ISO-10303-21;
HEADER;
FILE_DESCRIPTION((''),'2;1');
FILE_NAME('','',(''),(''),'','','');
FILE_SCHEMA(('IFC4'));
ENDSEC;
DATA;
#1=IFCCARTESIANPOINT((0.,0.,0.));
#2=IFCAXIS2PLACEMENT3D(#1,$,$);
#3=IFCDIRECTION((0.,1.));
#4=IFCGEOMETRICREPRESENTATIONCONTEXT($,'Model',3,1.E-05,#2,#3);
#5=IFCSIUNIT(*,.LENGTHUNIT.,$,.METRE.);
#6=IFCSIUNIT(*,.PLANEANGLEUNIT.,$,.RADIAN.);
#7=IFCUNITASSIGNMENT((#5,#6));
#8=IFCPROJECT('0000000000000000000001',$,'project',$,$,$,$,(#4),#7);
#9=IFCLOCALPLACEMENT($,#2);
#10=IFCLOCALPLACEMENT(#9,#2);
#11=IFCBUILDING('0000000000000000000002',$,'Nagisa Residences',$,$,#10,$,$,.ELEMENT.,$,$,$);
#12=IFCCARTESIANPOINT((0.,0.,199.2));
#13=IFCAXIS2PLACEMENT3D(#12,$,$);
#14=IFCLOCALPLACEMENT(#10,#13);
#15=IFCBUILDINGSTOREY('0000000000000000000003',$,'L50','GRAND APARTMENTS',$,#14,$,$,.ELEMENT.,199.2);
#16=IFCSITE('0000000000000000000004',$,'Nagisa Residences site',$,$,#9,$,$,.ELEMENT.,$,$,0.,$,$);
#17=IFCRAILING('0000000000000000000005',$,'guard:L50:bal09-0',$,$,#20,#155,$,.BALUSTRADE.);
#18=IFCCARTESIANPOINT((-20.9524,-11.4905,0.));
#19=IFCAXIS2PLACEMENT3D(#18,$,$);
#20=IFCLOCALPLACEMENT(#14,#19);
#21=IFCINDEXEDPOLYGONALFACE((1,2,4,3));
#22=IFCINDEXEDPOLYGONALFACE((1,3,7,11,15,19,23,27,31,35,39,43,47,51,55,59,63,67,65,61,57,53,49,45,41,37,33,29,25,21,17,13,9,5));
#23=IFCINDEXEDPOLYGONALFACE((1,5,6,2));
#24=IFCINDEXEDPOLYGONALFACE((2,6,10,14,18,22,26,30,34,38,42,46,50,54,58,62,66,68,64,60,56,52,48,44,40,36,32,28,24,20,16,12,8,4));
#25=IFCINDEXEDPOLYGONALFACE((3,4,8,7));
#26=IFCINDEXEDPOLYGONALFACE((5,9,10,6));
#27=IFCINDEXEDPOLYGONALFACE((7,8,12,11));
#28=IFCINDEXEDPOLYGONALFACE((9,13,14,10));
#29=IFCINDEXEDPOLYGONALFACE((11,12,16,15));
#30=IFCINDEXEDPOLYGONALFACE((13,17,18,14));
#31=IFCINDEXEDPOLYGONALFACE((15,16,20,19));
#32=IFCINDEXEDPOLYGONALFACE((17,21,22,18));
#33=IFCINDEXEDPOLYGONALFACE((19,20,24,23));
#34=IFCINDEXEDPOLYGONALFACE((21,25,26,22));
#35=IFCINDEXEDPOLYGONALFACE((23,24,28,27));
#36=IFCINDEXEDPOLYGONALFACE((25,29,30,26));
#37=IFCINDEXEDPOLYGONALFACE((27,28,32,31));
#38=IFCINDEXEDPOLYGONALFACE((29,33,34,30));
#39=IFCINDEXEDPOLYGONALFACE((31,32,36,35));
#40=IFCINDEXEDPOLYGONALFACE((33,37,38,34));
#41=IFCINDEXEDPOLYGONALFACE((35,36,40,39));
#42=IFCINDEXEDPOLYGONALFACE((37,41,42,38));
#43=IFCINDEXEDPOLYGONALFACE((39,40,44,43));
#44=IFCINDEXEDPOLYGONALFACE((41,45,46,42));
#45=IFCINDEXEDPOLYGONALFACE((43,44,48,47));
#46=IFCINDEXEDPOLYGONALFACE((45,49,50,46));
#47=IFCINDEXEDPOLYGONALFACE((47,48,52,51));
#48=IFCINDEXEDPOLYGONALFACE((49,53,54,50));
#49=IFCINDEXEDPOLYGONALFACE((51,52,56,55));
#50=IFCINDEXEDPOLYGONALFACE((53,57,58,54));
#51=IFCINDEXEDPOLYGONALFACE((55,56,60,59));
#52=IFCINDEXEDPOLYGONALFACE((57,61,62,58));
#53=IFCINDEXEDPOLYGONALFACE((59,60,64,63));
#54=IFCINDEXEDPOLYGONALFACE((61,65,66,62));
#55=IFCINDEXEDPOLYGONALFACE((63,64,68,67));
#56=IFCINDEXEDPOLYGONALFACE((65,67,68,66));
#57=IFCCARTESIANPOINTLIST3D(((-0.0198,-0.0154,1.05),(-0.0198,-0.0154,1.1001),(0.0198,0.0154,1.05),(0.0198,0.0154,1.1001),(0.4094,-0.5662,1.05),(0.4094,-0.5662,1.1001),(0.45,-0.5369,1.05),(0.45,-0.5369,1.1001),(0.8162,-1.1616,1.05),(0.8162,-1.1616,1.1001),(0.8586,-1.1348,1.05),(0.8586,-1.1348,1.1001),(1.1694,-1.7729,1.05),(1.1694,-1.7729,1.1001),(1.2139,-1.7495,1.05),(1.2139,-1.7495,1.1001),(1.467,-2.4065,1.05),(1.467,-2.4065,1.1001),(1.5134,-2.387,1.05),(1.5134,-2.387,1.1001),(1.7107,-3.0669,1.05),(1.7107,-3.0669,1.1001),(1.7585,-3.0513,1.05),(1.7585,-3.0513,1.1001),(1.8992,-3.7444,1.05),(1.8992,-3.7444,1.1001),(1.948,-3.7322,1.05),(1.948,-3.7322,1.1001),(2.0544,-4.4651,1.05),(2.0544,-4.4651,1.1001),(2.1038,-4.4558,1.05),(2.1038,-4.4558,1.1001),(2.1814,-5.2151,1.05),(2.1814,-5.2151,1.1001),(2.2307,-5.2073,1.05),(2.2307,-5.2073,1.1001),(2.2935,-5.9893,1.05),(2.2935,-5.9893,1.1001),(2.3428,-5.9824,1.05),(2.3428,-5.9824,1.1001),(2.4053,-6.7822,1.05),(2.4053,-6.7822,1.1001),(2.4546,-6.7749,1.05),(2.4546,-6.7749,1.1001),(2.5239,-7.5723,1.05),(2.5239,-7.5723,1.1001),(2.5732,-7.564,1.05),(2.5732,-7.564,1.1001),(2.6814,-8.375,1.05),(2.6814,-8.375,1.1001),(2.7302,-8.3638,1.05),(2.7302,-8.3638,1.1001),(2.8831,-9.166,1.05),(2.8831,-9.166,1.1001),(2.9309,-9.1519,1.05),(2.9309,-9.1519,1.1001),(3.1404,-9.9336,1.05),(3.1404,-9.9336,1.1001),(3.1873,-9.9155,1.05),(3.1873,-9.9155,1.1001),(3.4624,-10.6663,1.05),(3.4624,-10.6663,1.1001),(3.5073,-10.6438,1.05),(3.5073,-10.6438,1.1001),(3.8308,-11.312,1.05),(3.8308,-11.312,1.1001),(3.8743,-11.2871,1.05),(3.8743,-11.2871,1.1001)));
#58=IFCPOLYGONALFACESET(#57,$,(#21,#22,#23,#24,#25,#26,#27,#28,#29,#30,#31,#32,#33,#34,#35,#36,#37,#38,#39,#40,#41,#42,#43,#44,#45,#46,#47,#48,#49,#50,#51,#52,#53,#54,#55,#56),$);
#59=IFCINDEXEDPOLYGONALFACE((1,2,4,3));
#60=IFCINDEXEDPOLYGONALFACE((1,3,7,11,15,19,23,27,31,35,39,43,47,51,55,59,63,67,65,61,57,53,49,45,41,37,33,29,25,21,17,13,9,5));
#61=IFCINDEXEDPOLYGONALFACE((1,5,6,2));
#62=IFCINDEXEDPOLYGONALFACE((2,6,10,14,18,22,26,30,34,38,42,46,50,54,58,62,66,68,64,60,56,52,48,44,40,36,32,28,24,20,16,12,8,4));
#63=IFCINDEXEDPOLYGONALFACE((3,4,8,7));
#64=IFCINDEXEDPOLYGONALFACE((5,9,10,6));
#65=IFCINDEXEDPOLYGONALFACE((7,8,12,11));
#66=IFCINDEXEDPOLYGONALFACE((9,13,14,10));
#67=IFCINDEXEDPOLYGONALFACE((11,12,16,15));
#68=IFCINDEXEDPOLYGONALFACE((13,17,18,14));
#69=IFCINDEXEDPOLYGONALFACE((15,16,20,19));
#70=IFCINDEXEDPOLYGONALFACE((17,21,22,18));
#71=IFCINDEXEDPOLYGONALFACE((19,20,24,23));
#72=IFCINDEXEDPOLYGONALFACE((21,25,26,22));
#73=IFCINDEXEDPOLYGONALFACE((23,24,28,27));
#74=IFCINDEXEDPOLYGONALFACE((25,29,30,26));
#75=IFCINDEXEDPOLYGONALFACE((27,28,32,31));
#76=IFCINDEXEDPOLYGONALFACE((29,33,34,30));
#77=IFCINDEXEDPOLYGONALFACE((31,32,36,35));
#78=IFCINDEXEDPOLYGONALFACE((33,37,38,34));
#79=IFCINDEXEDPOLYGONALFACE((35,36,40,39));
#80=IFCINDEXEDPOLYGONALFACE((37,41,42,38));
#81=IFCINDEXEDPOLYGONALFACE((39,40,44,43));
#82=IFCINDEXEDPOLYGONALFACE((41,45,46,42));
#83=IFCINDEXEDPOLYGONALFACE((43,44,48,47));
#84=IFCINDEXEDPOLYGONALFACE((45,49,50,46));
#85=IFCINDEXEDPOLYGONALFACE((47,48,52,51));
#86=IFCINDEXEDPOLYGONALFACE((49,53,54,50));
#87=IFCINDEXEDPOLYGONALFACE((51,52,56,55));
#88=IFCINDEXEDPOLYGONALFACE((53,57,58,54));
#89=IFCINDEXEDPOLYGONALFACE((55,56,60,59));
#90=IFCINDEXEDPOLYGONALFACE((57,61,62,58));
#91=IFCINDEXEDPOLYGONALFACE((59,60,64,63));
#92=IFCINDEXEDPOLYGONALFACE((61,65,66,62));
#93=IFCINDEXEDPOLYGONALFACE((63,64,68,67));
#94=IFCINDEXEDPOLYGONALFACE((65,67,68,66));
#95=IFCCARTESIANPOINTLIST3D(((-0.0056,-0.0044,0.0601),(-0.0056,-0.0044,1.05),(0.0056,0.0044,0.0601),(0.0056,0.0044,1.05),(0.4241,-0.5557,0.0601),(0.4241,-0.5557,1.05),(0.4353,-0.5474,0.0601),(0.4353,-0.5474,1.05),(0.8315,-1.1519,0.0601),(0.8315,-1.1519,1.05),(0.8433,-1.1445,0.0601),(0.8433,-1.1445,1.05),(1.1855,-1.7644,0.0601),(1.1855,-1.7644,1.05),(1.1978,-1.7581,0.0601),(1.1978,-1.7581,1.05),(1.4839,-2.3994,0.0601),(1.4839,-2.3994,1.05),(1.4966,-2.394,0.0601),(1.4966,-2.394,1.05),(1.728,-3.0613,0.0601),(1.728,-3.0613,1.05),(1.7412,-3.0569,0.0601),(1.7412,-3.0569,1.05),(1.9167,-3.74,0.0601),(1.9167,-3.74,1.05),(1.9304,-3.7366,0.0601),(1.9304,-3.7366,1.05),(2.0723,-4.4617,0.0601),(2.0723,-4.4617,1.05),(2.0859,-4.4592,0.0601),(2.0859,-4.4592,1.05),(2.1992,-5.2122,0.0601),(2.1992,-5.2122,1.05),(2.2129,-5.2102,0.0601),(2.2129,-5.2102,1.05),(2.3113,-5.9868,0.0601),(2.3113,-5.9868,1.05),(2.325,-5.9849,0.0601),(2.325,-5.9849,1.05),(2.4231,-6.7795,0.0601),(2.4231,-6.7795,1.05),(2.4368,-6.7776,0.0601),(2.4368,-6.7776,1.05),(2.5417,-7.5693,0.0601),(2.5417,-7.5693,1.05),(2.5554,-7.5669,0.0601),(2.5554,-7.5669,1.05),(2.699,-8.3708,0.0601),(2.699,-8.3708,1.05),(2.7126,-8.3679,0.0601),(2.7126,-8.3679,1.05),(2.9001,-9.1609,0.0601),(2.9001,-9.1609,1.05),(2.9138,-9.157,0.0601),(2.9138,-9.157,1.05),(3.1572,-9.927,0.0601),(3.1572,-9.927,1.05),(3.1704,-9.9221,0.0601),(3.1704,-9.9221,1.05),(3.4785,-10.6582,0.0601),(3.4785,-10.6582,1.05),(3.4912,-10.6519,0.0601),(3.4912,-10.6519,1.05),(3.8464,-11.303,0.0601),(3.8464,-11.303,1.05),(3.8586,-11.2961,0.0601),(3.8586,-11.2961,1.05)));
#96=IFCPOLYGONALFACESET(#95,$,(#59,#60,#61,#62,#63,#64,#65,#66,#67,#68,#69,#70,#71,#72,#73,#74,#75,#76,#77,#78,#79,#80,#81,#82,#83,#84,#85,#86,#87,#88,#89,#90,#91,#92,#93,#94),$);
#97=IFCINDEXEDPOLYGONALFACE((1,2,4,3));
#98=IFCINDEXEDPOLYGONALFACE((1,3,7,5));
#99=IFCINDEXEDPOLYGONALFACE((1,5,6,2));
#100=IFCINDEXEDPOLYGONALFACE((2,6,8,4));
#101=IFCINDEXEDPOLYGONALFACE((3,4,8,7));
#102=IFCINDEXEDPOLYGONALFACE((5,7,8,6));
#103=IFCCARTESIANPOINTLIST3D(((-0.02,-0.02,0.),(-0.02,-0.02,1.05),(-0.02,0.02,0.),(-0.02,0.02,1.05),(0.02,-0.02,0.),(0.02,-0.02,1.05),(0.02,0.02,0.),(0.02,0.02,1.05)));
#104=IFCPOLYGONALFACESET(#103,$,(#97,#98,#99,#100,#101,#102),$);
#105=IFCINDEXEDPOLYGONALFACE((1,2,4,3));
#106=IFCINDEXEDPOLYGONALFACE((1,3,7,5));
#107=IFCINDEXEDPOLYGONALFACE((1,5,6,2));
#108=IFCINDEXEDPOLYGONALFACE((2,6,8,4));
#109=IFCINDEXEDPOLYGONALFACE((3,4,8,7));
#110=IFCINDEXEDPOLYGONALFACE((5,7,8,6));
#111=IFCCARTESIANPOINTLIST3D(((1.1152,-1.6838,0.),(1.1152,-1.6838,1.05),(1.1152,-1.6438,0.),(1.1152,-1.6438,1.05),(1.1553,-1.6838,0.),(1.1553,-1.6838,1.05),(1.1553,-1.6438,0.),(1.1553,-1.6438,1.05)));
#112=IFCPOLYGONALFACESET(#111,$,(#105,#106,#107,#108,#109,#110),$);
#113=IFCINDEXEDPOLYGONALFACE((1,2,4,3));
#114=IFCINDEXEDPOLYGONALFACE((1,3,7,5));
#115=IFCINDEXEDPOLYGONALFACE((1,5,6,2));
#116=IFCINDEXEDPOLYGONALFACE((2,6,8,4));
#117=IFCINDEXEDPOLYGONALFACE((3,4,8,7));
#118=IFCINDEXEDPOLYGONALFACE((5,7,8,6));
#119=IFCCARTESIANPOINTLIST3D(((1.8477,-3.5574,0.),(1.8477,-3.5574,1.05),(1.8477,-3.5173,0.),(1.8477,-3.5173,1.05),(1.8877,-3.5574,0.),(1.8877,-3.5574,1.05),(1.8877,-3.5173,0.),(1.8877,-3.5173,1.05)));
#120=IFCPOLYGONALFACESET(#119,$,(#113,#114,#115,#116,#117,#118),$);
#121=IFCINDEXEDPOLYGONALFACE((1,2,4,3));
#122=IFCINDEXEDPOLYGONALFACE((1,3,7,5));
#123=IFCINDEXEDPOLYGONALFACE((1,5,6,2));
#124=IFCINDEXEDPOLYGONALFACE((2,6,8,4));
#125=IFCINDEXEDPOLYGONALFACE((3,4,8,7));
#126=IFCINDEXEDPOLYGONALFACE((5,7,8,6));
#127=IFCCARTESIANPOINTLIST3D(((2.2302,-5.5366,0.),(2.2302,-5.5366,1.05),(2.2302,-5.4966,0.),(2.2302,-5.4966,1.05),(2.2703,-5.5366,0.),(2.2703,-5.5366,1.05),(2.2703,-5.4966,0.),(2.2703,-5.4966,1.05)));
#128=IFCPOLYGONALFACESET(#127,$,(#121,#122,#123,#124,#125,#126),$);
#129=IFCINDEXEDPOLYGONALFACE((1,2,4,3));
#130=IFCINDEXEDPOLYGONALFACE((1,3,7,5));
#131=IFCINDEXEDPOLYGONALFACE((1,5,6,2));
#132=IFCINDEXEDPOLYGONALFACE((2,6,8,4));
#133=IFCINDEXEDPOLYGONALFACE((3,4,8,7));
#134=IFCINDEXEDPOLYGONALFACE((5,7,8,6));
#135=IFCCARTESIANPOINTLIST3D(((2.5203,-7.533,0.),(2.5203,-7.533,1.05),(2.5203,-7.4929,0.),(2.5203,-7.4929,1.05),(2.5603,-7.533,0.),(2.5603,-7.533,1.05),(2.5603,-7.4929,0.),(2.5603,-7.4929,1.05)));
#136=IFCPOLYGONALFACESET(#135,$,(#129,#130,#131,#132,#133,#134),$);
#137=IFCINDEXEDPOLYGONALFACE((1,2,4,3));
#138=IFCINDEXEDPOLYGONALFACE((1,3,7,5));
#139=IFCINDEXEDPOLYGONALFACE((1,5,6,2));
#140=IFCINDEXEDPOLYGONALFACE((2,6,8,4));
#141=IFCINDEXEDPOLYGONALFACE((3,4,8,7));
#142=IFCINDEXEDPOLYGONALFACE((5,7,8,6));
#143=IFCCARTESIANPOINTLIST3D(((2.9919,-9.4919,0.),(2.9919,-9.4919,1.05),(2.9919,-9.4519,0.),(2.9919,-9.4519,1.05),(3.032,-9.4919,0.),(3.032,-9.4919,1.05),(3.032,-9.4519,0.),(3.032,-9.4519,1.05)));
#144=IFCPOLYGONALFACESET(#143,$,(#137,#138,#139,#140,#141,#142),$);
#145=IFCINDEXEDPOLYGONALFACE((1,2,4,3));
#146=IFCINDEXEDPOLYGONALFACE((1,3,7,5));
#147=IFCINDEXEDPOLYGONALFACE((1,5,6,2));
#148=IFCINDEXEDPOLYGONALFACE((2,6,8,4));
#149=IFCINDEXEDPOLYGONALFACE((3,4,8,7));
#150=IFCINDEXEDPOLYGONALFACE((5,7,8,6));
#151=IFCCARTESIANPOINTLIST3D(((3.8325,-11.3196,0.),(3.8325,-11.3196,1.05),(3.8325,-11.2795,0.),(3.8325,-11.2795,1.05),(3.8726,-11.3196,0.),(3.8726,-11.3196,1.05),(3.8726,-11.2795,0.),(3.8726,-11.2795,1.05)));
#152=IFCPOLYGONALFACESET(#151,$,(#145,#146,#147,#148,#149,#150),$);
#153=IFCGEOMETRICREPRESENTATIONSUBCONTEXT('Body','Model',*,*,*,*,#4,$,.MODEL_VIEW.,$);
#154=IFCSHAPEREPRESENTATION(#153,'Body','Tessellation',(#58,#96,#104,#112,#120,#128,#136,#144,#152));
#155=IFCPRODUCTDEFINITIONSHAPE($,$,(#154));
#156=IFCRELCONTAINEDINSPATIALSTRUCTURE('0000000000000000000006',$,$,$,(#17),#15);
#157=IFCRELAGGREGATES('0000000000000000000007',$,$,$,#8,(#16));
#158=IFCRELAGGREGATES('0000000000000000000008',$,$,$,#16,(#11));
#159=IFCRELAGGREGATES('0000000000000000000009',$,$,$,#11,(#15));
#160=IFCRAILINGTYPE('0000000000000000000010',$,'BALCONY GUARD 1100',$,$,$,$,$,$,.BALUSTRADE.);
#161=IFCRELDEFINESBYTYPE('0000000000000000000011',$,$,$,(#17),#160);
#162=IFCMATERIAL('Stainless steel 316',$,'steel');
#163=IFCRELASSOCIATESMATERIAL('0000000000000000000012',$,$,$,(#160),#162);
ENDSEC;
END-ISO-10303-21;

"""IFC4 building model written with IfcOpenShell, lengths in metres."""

from ifc_helpers import new_model, si_unit, direction, frame, origin, origin_2d, place, context, subcontext, project, spatial, polyline, rectangle, outline, extrude, material, type_object, element, save


model = new_model("IFC4")

# Units and contexts
model_context = context("Model", 3, precision=1e-05, world=origin(), true_north=direction((0.0, 1.0)))
body_context = subcontext(model_context, "Body", "Model", "MODEL_VIEW")
ifc_project = project(units=[si_unit("LENGTHUNIT", "METRE"), si_unit("PLANEANGLEUNIT", "RADIAN")], contexts=[model_context])

# Site, building, storey
site_placement = place(None, origin())
site = spatial("IfcSite", under=ifc_project, at=site_placement, Name="Nagisa Residences site", CompositionType="ELEMENT", RefElevation=0.0)
building_placement = place(site_placement, origin())
building = spatial("IfcBuilding", under=site, at=building_placement, Name="Nagisa Residences", CompositionType="ELEMENT")
storey_placement = place(building_placement, frame((0.0, 0.0, 199.2)))
storey = spatial("IfcBuildingStorey", under=building, at=storey_placement, Name="L50", Description="GRAND APARTMENTS", CompositionType="ELEMENT", Elevation=199.2)

# Railing
ifc_material_1 = material(Name="Stainless steel 316", Category="steel")
railing_type = type_object("IfcRailingType", Name="BALCONY GUARD 1100", PredefinedType="BALUSTRADE", material=ifc_material_1)
railing_1_placement = place(storey_placement, frame((-20.9524, -11.4905, 0.0)))
element("IfcRailing", 1, at=railing_1_placement, inside=storey, type_object=railing_type, Name="guard:L50:bal09-0", PredefinedType="BALUSTRADE", context=body_context, shape_type="SweptSolid", body=[
    extrude(outline(polyline([(0.45, -0.5369), (0.0198, 0.0154), (-0.0198, -0.0154), (0.4094, -0.5662), (0.8162, -1.1616), (1.1694, -1.7729), (1.467, -2.4065), (1.7107, -3.0669), (1.8992, -3.7444), (2.0544, -4.4651), (2.1814, -5.2151), (2.2935, -5.9893), (2.4053, -6.7822), (2.5239, -7.5723), (2.6814, -8.375), (2.8831, -9.166), (3.1404, -9.9336), (3.4624, -10.6663), (3.8308, -11.312), (3.8743, -11.2871), (3.5073, -10.6438), (3.1873, -9.9155), (2.9309, -9.1519), (2.7302, -8.3638), (2.5732, -7.564), (2.4546, -6.7749), (2.3428, -5.9824), (2.2307, -5.2073), (2.1038, -4.4558), (1.948, -3.7322), (1.7585, -3.0513), (1.5134, -2.387), (1.2139, -1.7495), (0.8586, -1.1348), (0.45, -0.5369)])), frame((0.0, 0.0, 1.05)), (0.0, 0.0, 1.0), 0.05),
    extrude(outline(polyline([(0.4353, -0.5474), (0.0056, 0.0044), (-0.0056, -0.0044), (0.4241, -0.5557), (0.8315, -1.1519), (1.1855, -1.7644), (1.4839, -2.3994), (1.728, -3.0613), (1.9167, -3.74), (2.0723, -4.4617), (2.1992, -5.2122), (2.3113, -5.9868), (2.4231, -6.7795), (2.5417, -7.5693), (2.699, -8.3708), (2.9001, -9.1609), (3.1572, -9.927), (3.4785, -10.6582), (3.8464, -11.303), (3.8586, -11.2961), (3.4912, -10.6519), (3.1704, -9.9221), (2.9138, -9.157), (2.7126, -8.3679), (2.5554, -7.5669), (2.4368, -6.7776), (2.325, -5.9849), (2.2129, -5.2102), (2.0859, -4.4592), (1.9304, -3.7366), (1.7412, -3.0569), (1.4966, -2.394), (1.1978, -1.7581), (0.8433, -1.1445), (0.4353, -0.5474)])), frame((0.0, 0.0, 0.0601)), (0.0, 0.0, 1.0), 0.99),
    extrude(rectangle(XDim=0.04, YDim=0.04, at=origin_2d()), origin(), (0.0, 0.0, 1.0), 1.05),
    extrude(rectangle(XDim=0.04, YDim=0.04, at=origin_2d()), frame((1.1353, -1.6638, 0.0)), (0.0, 0.0, 1.0), 1.05),
    extrude(rectangle(XDim=0.04, YDim=0.04, at=origin_2d()), frame((1.8677, -3.5374, 0.0)), (0.0, 0.0, 1.0), 1.05),
    extrude(rectangle(XDim=0.04, YDim=0.04, at=origin_2d()), frame((2.2502, -5.5166, 0.0)), (0.0, 0.0, 1.0), 1.05),
    extrude(rectangle(XDim=0.04, YDim=0.04, at=origin_2d()), frame((2.5403, -7.5129, 0.0)), (0.0, 0.0, 1.0), 1.05),
    extrude(rectangle(XDim=0.04, YDim=0.04, at=origin_2d()), frame((3.012, -9.4719, 0.0)), (0.0, 0.0, 1.0), 1.05),
    extrude(rectangle(XDim=0.04, YDim=0.04, at=origin_2d()), frame((3.8525, -11.2996, 0.0)), (0.0, 0.0, 1.0), 1.05),
])

save(model, "model.ifc")
